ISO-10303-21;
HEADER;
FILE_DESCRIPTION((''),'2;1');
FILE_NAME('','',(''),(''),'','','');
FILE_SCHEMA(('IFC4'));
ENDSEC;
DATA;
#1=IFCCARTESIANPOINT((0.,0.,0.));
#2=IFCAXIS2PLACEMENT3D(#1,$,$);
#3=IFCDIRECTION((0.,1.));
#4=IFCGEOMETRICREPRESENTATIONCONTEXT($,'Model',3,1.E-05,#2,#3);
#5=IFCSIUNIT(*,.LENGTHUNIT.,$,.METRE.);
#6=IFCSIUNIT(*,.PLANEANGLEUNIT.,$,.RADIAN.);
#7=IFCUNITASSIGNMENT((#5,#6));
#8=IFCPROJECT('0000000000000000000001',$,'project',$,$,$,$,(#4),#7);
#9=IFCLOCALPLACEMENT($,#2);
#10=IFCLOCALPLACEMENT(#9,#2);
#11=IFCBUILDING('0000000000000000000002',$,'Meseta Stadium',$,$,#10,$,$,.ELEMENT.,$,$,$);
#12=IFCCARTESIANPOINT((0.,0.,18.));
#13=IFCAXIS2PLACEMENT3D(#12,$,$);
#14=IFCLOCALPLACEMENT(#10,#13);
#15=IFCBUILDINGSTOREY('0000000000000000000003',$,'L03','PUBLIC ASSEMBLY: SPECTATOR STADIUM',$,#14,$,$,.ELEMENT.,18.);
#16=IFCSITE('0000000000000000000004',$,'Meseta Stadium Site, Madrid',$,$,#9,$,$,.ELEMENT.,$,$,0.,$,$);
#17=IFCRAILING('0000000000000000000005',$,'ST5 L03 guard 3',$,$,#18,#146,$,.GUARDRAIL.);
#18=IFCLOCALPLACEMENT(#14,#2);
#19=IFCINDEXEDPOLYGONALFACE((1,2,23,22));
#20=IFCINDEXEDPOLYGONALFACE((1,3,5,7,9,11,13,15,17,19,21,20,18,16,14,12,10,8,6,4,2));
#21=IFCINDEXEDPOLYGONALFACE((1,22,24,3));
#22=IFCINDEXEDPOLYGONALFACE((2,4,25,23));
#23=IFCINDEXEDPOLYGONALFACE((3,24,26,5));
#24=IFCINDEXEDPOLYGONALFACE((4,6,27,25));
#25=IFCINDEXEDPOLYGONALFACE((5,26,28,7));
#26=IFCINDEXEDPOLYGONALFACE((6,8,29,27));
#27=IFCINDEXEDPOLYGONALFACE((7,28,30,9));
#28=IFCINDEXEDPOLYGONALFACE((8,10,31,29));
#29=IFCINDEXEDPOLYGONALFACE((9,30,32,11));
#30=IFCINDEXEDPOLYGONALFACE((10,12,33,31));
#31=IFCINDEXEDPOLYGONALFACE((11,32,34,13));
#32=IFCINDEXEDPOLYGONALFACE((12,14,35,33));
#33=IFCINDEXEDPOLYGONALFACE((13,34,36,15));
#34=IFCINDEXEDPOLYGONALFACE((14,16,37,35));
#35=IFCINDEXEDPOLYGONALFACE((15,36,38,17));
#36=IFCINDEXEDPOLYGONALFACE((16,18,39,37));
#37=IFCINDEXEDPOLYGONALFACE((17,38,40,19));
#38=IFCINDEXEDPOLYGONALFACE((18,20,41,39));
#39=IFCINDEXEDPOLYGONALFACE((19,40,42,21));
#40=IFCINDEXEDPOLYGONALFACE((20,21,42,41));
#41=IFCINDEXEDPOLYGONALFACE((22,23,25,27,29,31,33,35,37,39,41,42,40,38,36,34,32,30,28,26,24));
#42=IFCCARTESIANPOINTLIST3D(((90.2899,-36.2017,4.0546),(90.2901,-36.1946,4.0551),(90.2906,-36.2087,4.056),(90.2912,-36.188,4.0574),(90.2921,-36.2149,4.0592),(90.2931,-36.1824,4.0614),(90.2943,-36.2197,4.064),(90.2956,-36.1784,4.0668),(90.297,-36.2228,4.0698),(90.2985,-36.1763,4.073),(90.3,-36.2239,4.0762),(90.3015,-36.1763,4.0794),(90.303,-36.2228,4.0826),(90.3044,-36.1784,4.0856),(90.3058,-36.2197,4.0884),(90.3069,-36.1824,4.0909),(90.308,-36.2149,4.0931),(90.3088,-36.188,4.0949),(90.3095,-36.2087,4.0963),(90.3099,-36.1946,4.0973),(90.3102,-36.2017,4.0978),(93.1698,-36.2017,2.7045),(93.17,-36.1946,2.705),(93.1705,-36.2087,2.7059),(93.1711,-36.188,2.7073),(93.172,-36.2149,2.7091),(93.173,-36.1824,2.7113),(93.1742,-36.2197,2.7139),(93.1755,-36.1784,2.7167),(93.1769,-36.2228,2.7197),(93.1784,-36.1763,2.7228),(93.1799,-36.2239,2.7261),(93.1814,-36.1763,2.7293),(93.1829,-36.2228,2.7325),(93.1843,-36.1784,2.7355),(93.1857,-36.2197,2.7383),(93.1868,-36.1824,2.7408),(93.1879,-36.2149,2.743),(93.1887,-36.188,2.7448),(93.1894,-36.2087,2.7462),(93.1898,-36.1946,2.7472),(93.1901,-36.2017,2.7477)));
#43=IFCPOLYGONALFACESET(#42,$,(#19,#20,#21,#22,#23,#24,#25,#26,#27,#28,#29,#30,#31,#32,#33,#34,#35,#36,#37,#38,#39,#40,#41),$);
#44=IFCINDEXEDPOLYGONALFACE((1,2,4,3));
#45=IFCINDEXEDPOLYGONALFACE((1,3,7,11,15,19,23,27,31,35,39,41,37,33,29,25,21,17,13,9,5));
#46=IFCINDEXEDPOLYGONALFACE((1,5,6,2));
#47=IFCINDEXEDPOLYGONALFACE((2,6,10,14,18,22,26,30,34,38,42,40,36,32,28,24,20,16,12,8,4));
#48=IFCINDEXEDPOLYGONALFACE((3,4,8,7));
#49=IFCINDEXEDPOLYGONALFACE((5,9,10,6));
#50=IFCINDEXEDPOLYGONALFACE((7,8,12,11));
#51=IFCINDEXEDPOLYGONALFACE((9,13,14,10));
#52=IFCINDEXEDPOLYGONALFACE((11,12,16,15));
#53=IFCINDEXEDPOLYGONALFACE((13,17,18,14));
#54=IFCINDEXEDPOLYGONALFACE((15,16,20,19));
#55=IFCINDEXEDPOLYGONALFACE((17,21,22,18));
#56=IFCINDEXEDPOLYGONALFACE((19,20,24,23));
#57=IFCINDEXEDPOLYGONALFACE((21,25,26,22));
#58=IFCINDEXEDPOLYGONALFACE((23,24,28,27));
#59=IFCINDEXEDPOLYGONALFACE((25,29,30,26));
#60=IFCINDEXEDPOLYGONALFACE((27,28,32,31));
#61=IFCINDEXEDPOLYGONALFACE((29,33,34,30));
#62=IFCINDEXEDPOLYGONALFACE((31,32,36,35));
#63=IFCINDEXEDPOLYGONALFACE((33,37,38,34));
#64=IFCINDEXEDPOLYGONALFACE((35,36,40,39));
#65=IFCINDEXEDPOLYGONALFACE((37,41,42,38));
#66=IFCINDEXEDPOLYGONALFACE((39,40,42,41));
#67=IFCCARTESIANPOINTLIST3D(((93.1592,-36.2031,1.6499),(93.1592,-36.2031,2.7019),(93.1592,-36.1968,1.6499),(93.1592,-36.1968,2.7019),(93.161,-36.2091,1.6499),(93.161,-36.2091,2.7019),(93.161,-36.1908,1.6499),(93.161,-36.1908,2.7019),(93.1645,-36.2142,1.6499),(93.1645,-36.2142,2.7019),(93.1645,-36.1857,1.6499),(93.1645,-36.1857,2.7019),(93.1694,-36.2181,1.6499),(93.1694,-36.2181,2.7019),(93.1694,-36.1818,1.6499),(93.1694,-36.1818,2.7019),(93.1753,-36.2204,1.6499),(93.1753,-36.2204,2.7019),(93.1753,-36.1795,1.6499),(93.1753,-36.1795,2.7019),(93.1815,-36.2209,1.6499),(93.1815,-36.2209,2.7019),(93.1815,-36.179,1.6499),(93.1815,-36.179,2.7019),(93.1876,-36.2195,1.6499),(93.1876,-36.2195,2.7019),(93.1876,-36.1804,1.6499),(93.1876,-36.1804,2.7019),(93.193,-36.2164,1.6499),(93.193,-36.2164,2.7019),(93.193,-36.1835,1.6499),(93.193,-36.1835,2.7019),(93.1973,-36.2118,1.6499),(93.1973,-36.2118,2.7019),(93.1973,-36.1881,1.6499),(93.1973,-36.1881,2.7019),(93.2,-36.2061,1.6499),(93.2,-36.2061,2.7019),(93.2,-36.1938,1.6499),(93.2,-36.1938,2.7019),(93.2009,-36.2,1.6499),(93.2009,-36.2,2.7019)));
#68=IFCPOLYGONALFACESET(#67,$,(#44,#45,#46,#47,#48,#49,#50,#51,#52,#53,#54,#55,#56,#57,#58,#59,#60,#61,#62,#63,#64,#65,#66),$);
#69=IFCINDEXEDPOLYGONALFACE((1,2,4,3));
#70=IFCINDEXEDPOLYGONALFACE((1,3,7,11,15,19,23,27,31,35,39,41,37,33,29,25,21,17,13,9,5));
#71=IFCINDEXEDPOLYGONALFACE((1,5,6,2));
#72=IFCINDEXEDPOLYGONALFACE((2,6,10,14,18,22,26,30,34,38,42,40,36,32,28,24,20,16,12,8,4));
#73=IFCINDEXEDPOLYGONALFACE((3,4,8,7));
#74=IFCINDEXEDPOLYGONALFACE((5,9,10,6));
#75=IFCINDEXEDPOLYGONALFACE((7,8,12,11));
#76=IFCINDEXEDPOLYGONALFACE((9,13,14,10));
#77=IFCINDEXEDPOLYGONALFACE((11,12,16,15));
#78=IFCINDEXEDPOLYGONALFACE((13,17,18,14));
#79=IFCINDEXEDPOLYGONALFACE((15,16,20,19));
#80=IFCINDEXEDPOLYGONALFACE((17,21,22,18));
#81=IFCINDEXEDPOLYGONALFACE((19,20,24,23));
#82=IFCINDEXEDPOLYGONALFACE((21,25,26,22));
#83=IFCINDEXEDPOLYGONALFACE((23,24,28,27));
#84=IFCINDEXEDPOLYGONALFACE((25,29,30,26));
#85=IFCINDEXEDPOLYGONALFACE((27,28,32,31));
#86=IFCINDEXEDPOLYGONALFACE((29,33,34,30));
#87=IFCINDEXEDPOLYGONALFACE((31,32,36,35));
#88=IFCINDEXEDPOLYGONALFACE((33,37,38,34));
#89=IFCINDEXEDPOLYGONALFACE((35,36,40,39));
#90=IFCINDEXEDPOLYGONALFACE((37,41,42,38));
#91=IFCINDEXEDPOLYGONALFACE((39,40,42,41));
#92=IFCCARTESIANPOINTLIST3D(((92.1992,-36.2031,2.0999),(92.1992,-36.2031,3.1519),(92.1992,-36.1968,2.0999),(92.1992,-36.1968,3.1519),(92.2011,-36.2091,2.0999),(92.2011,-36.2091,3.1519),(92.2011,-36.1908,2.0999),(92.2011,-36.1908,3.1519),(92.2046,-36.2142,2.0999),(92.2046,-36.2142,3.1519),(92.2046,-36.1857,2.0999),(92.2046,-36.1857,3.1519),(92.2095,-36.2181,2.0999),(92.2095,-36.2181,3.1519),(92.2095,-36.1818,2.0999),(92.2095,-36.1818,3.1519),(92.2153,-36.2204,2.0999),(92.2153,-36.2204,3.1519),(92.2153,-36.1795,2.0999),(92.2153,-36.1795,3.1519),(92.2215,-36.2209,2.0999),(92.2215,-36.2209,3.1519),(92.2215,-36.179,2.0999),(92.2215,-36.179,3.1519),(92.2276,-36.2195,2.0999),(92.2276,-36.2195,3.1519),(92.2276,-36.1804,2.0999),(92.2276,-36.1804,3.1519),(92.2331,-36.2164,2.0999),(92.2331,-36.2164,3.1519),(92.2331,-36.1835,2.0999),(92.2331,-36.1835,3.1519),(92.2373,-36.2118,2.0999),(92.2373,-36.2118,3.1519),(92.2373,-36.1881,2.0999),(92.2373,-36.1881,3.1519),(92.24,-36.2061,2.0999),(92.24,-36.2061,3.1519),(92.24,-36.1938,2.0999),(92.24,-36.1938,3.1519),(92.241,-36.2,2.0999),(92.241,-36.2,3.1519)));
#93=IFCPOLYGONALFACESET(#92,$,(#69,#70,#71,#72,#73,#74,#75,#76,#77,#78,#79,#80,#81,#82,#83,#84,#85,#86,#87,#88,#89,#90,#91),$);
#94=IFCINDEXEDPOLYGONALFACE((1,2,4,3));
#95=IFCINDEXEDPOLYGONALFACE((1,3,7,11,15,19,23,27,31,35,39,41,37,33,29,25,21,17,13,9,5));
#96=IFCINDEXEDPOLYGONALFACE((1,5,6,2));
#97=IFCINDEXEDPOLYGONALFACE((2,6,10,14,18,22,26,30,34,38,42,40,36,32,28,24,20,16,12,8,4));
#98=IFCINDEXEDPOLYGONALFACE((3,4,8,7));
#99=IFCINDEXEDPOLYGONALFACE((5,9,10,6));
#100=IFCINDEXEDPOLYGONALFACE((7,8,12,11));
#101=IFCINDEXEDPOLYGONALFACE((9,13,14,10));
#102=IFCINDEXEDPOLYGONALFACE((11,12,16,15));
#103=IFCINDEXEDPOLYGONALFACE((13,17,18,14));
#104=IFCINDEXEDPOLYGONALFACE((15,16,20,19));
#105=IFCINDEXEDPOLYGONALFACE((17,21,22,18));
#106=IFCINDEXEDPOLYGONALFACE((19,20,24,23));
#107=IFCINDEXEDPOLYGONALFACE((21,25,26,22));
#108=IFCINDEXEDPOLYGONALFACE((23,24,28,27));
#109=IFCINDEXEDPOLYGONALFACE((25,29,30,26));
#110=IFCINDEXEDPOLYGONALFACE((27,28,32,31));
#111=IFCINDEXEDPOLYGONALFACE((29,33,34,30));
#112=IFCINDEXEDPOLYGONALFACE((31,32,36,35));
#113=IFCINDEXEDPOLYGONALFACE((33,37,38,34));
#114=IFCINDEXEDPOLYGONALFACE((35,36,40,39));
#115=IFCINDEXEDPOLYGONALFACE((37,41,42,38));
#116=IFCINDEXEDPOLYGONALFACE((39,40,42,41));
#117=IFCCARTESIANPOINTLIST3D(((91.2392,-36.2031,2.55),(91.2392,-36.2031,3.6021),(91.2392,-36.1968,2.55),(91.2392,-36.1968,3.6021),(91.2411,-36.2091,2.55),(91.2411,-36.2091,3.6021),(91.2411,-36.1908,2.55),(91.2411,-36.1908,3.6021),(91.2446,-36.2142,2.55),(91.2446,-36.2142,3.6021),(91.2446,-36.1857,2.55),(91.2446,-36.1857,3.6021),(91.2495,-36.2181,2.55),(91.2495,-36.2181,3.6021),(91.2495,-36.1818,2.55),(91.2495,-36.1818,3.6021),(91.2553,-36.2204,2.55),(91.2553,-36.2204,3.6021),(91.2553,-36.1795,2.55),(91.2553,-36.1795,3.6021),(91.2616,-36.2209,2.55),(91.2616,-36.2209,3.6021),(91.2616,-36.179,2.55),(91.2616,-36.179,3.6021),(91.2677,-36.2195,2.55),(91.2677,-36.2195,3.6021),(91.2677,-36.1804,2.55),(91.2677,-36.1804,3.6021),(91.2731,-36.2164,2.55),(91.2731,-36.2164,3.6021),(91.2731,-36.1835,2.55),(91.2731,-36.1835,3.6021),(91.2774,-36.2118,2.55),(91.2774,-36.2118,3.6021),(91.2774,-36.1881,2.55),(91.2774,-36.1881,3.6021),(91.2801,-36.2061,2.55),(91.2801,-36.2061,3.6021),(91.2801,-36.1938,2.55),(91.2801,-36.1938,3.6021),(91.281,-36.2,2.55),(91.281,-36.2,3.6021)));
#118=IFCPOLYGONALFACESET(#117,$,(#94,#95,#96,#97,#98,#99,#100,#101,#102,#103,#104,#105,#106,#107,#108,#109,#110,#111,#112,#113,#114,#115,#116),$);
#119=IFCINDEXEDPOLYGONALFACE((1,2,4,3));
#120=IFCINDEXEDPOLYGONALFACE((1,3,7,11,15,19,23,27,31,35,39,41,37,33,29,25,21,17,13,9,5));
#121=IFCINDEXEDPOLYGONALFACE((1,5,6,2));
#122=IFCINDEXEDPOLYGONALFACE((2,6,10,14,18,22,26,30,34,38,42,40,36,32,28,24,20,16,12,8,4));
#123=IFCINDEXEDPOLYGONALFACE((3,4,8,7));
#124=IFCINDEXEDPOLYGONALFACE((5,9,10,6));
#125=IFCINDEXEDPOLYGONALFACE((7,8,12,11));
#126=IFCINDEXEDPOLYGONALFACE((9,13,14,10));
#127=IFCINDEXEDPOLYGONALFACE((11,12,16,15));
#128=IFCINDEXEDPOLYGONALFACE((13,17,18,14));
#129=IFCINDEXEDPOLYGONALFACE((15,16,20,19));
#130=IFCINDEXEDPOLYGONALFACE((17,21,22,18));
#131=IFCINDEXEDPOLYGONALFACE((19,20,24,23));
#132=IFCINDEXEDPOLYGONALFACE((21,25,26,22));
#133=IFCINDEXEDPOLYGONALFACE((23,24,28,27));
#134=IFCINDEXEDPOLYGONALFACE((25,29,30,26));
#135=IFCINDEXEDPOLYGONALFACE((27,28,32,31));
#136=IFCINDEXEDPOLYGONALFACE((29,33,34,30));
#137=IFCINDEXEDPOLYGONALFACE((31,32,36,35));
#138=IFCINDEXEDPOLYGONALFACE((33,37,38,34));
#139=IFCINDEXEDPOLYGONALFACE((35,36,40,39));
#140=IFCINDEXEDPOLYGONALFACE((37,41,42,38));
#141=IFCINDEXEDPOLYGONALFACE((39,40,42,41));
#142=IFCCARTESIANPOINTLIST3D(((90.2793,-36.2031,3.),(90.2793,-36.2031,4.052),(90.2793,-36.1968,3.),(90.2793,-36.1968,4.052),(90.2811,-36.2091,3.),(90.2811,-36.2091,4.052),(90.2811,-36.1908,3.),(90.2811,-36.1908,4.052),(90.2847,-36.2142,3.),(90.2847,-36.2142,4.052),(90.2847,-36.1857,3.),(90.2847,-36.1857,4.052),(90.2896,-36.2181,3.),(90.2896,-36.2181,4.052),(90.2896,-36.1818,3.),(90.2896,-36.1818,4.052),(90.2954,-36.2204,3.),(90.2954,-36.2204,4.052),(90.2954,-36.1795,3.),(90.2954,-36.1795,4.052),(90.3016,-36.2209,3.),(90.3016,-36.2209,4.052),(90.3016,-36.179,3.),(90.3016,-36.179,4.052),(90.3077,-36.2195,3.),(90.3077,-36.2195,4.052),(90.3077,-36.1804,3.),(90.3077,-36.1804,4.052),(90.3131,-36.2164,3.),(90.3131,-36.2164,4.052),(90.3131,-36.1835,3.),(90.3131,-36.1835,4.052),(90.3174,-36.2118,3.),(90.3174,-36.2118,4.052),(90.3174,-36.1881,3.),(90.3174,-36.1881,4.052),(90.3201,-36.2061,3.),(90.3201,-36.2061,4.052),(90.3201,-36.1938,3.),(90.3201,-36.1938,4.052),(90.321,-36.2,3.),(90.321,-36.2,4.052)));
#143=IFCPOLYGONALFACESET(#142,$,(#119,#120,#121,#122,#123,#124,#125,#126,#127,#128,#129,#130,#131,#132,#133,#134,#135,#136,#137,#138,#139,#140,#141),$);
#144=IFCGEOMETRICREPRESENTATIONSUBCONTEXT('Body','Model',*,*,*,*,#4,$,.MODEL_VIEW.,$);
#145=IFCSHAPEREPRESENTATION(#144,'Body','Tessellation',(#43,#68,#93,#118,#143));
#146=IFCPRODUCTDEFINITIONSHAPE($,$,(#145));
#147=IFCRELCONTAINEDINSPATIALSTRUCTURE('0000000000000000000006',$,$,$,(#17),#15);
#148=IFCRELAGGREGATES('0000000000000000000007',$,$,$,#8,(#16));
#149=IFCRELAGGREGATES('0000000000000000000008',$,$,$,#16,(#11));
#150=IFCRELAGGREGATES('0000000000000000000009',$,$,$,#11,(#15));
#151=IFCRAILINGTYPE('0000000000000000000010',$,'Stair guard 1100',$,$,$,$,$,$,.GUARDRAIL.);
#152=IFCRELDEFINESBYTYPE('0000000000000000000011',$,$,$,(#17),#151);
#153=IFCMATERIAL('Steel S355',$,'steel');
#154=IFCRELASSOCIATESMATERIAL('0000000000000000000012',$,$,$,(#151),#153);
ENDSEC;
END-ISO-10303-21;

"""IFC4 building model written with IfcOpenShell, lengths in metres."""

from ifc_helpers import new_model, si_unit, direction, frame, origin, origin_2d, place, context, subcontext, project, spatial, circle, extrude, material, type_object, element, save


model = new_model("IFC4")

# Units and contexts
model_context = context("Model", 3, precision=1e-05, world=origin(), true_north=direction((0.0, 1.0)))
body_context = subcontext(model_context, "Body", "Model", "MODEL_VIEW")
ifc_project = project(units=[si_unit("LENGTHUNIT", "METRE"), si_unit("PLANEANGLEUNIT", "RADIAN")], contexts=[model_context])

# Site, building, storey
site_placement = place(None, origin())
site = spatial("IfcSite", under=ifc_project, at=site_placement, Name="Meseta Stadium Site, Madrid", CompositionType="ELEMENT", RefElevation=0.0)
building_placement = place(site_placement, origin())
building = spatial("IfcBuilding", under=site, at=building_placement, Name="Meseta Stadium", CompositionType="ELEMENT")
storey_placement = place(building_placement, frame((0.0, 0.0, 18.0)))
storey = spatial("IfcBuildingStorey", under=building, at=storey_placement, Name="L03", Description="PUBLIC ASSEMBLY: SPECTATOR STADIUM", CompositionType="ELEMENT", Elevation=18.0)

# Railing
ifc_material_1 = material(Name="Steel S355", Category="steel")
railing_type_1 = type_object("IfcRailingType", Name="Stair guard 1100", PredefinedType="GUARDRAIL", material=ifc_material_1)
railing_1_placement = place(storey_placement, frame((93.1799, -36.2, 1.6499)))
element("IfcRailing", 1, at=railing_1_placement, inside=storey, type_object=railing_type_1, Name="ST5 L03 guard 3", PredefinedType="GUARDRAIL", context=body_context, shape_type="SweptSolid", body=[
    extrude(circle(Radius=0.0239, at=origin_2d()), frame((0.0, 0.0, 1.0762), z_axis=(-0.90544, 0.0, 0.424473), x_axis=(0.0, -1.0, 0.0)), (0.0, 0.0, 1.0), 3.1807),
    extrude(circle(Radius=0.021, at=origin_2d()), origin(), (0.0, 0.0, 1.0), 1.052),
    extrude(circle(Radius=0.021, at=origin_2d()), frame((-0.96, 0.0, 0.45)), (0.0, 0.0, 1.0), 1.052),
    extrude(circle(Radius=0.021, at=origin_2d()), frame((-1.9199, 0.0, 0.9001)), (0.0, 0.0, 1.0), 1.052),
    extrude(circle(Radius=0.021, at=origin_2d()), frame((-2.8799, 0.0, 1.3501)), (0.0, 0.0, 1.0), 1.052),
])

save(model, "model.ifc")
